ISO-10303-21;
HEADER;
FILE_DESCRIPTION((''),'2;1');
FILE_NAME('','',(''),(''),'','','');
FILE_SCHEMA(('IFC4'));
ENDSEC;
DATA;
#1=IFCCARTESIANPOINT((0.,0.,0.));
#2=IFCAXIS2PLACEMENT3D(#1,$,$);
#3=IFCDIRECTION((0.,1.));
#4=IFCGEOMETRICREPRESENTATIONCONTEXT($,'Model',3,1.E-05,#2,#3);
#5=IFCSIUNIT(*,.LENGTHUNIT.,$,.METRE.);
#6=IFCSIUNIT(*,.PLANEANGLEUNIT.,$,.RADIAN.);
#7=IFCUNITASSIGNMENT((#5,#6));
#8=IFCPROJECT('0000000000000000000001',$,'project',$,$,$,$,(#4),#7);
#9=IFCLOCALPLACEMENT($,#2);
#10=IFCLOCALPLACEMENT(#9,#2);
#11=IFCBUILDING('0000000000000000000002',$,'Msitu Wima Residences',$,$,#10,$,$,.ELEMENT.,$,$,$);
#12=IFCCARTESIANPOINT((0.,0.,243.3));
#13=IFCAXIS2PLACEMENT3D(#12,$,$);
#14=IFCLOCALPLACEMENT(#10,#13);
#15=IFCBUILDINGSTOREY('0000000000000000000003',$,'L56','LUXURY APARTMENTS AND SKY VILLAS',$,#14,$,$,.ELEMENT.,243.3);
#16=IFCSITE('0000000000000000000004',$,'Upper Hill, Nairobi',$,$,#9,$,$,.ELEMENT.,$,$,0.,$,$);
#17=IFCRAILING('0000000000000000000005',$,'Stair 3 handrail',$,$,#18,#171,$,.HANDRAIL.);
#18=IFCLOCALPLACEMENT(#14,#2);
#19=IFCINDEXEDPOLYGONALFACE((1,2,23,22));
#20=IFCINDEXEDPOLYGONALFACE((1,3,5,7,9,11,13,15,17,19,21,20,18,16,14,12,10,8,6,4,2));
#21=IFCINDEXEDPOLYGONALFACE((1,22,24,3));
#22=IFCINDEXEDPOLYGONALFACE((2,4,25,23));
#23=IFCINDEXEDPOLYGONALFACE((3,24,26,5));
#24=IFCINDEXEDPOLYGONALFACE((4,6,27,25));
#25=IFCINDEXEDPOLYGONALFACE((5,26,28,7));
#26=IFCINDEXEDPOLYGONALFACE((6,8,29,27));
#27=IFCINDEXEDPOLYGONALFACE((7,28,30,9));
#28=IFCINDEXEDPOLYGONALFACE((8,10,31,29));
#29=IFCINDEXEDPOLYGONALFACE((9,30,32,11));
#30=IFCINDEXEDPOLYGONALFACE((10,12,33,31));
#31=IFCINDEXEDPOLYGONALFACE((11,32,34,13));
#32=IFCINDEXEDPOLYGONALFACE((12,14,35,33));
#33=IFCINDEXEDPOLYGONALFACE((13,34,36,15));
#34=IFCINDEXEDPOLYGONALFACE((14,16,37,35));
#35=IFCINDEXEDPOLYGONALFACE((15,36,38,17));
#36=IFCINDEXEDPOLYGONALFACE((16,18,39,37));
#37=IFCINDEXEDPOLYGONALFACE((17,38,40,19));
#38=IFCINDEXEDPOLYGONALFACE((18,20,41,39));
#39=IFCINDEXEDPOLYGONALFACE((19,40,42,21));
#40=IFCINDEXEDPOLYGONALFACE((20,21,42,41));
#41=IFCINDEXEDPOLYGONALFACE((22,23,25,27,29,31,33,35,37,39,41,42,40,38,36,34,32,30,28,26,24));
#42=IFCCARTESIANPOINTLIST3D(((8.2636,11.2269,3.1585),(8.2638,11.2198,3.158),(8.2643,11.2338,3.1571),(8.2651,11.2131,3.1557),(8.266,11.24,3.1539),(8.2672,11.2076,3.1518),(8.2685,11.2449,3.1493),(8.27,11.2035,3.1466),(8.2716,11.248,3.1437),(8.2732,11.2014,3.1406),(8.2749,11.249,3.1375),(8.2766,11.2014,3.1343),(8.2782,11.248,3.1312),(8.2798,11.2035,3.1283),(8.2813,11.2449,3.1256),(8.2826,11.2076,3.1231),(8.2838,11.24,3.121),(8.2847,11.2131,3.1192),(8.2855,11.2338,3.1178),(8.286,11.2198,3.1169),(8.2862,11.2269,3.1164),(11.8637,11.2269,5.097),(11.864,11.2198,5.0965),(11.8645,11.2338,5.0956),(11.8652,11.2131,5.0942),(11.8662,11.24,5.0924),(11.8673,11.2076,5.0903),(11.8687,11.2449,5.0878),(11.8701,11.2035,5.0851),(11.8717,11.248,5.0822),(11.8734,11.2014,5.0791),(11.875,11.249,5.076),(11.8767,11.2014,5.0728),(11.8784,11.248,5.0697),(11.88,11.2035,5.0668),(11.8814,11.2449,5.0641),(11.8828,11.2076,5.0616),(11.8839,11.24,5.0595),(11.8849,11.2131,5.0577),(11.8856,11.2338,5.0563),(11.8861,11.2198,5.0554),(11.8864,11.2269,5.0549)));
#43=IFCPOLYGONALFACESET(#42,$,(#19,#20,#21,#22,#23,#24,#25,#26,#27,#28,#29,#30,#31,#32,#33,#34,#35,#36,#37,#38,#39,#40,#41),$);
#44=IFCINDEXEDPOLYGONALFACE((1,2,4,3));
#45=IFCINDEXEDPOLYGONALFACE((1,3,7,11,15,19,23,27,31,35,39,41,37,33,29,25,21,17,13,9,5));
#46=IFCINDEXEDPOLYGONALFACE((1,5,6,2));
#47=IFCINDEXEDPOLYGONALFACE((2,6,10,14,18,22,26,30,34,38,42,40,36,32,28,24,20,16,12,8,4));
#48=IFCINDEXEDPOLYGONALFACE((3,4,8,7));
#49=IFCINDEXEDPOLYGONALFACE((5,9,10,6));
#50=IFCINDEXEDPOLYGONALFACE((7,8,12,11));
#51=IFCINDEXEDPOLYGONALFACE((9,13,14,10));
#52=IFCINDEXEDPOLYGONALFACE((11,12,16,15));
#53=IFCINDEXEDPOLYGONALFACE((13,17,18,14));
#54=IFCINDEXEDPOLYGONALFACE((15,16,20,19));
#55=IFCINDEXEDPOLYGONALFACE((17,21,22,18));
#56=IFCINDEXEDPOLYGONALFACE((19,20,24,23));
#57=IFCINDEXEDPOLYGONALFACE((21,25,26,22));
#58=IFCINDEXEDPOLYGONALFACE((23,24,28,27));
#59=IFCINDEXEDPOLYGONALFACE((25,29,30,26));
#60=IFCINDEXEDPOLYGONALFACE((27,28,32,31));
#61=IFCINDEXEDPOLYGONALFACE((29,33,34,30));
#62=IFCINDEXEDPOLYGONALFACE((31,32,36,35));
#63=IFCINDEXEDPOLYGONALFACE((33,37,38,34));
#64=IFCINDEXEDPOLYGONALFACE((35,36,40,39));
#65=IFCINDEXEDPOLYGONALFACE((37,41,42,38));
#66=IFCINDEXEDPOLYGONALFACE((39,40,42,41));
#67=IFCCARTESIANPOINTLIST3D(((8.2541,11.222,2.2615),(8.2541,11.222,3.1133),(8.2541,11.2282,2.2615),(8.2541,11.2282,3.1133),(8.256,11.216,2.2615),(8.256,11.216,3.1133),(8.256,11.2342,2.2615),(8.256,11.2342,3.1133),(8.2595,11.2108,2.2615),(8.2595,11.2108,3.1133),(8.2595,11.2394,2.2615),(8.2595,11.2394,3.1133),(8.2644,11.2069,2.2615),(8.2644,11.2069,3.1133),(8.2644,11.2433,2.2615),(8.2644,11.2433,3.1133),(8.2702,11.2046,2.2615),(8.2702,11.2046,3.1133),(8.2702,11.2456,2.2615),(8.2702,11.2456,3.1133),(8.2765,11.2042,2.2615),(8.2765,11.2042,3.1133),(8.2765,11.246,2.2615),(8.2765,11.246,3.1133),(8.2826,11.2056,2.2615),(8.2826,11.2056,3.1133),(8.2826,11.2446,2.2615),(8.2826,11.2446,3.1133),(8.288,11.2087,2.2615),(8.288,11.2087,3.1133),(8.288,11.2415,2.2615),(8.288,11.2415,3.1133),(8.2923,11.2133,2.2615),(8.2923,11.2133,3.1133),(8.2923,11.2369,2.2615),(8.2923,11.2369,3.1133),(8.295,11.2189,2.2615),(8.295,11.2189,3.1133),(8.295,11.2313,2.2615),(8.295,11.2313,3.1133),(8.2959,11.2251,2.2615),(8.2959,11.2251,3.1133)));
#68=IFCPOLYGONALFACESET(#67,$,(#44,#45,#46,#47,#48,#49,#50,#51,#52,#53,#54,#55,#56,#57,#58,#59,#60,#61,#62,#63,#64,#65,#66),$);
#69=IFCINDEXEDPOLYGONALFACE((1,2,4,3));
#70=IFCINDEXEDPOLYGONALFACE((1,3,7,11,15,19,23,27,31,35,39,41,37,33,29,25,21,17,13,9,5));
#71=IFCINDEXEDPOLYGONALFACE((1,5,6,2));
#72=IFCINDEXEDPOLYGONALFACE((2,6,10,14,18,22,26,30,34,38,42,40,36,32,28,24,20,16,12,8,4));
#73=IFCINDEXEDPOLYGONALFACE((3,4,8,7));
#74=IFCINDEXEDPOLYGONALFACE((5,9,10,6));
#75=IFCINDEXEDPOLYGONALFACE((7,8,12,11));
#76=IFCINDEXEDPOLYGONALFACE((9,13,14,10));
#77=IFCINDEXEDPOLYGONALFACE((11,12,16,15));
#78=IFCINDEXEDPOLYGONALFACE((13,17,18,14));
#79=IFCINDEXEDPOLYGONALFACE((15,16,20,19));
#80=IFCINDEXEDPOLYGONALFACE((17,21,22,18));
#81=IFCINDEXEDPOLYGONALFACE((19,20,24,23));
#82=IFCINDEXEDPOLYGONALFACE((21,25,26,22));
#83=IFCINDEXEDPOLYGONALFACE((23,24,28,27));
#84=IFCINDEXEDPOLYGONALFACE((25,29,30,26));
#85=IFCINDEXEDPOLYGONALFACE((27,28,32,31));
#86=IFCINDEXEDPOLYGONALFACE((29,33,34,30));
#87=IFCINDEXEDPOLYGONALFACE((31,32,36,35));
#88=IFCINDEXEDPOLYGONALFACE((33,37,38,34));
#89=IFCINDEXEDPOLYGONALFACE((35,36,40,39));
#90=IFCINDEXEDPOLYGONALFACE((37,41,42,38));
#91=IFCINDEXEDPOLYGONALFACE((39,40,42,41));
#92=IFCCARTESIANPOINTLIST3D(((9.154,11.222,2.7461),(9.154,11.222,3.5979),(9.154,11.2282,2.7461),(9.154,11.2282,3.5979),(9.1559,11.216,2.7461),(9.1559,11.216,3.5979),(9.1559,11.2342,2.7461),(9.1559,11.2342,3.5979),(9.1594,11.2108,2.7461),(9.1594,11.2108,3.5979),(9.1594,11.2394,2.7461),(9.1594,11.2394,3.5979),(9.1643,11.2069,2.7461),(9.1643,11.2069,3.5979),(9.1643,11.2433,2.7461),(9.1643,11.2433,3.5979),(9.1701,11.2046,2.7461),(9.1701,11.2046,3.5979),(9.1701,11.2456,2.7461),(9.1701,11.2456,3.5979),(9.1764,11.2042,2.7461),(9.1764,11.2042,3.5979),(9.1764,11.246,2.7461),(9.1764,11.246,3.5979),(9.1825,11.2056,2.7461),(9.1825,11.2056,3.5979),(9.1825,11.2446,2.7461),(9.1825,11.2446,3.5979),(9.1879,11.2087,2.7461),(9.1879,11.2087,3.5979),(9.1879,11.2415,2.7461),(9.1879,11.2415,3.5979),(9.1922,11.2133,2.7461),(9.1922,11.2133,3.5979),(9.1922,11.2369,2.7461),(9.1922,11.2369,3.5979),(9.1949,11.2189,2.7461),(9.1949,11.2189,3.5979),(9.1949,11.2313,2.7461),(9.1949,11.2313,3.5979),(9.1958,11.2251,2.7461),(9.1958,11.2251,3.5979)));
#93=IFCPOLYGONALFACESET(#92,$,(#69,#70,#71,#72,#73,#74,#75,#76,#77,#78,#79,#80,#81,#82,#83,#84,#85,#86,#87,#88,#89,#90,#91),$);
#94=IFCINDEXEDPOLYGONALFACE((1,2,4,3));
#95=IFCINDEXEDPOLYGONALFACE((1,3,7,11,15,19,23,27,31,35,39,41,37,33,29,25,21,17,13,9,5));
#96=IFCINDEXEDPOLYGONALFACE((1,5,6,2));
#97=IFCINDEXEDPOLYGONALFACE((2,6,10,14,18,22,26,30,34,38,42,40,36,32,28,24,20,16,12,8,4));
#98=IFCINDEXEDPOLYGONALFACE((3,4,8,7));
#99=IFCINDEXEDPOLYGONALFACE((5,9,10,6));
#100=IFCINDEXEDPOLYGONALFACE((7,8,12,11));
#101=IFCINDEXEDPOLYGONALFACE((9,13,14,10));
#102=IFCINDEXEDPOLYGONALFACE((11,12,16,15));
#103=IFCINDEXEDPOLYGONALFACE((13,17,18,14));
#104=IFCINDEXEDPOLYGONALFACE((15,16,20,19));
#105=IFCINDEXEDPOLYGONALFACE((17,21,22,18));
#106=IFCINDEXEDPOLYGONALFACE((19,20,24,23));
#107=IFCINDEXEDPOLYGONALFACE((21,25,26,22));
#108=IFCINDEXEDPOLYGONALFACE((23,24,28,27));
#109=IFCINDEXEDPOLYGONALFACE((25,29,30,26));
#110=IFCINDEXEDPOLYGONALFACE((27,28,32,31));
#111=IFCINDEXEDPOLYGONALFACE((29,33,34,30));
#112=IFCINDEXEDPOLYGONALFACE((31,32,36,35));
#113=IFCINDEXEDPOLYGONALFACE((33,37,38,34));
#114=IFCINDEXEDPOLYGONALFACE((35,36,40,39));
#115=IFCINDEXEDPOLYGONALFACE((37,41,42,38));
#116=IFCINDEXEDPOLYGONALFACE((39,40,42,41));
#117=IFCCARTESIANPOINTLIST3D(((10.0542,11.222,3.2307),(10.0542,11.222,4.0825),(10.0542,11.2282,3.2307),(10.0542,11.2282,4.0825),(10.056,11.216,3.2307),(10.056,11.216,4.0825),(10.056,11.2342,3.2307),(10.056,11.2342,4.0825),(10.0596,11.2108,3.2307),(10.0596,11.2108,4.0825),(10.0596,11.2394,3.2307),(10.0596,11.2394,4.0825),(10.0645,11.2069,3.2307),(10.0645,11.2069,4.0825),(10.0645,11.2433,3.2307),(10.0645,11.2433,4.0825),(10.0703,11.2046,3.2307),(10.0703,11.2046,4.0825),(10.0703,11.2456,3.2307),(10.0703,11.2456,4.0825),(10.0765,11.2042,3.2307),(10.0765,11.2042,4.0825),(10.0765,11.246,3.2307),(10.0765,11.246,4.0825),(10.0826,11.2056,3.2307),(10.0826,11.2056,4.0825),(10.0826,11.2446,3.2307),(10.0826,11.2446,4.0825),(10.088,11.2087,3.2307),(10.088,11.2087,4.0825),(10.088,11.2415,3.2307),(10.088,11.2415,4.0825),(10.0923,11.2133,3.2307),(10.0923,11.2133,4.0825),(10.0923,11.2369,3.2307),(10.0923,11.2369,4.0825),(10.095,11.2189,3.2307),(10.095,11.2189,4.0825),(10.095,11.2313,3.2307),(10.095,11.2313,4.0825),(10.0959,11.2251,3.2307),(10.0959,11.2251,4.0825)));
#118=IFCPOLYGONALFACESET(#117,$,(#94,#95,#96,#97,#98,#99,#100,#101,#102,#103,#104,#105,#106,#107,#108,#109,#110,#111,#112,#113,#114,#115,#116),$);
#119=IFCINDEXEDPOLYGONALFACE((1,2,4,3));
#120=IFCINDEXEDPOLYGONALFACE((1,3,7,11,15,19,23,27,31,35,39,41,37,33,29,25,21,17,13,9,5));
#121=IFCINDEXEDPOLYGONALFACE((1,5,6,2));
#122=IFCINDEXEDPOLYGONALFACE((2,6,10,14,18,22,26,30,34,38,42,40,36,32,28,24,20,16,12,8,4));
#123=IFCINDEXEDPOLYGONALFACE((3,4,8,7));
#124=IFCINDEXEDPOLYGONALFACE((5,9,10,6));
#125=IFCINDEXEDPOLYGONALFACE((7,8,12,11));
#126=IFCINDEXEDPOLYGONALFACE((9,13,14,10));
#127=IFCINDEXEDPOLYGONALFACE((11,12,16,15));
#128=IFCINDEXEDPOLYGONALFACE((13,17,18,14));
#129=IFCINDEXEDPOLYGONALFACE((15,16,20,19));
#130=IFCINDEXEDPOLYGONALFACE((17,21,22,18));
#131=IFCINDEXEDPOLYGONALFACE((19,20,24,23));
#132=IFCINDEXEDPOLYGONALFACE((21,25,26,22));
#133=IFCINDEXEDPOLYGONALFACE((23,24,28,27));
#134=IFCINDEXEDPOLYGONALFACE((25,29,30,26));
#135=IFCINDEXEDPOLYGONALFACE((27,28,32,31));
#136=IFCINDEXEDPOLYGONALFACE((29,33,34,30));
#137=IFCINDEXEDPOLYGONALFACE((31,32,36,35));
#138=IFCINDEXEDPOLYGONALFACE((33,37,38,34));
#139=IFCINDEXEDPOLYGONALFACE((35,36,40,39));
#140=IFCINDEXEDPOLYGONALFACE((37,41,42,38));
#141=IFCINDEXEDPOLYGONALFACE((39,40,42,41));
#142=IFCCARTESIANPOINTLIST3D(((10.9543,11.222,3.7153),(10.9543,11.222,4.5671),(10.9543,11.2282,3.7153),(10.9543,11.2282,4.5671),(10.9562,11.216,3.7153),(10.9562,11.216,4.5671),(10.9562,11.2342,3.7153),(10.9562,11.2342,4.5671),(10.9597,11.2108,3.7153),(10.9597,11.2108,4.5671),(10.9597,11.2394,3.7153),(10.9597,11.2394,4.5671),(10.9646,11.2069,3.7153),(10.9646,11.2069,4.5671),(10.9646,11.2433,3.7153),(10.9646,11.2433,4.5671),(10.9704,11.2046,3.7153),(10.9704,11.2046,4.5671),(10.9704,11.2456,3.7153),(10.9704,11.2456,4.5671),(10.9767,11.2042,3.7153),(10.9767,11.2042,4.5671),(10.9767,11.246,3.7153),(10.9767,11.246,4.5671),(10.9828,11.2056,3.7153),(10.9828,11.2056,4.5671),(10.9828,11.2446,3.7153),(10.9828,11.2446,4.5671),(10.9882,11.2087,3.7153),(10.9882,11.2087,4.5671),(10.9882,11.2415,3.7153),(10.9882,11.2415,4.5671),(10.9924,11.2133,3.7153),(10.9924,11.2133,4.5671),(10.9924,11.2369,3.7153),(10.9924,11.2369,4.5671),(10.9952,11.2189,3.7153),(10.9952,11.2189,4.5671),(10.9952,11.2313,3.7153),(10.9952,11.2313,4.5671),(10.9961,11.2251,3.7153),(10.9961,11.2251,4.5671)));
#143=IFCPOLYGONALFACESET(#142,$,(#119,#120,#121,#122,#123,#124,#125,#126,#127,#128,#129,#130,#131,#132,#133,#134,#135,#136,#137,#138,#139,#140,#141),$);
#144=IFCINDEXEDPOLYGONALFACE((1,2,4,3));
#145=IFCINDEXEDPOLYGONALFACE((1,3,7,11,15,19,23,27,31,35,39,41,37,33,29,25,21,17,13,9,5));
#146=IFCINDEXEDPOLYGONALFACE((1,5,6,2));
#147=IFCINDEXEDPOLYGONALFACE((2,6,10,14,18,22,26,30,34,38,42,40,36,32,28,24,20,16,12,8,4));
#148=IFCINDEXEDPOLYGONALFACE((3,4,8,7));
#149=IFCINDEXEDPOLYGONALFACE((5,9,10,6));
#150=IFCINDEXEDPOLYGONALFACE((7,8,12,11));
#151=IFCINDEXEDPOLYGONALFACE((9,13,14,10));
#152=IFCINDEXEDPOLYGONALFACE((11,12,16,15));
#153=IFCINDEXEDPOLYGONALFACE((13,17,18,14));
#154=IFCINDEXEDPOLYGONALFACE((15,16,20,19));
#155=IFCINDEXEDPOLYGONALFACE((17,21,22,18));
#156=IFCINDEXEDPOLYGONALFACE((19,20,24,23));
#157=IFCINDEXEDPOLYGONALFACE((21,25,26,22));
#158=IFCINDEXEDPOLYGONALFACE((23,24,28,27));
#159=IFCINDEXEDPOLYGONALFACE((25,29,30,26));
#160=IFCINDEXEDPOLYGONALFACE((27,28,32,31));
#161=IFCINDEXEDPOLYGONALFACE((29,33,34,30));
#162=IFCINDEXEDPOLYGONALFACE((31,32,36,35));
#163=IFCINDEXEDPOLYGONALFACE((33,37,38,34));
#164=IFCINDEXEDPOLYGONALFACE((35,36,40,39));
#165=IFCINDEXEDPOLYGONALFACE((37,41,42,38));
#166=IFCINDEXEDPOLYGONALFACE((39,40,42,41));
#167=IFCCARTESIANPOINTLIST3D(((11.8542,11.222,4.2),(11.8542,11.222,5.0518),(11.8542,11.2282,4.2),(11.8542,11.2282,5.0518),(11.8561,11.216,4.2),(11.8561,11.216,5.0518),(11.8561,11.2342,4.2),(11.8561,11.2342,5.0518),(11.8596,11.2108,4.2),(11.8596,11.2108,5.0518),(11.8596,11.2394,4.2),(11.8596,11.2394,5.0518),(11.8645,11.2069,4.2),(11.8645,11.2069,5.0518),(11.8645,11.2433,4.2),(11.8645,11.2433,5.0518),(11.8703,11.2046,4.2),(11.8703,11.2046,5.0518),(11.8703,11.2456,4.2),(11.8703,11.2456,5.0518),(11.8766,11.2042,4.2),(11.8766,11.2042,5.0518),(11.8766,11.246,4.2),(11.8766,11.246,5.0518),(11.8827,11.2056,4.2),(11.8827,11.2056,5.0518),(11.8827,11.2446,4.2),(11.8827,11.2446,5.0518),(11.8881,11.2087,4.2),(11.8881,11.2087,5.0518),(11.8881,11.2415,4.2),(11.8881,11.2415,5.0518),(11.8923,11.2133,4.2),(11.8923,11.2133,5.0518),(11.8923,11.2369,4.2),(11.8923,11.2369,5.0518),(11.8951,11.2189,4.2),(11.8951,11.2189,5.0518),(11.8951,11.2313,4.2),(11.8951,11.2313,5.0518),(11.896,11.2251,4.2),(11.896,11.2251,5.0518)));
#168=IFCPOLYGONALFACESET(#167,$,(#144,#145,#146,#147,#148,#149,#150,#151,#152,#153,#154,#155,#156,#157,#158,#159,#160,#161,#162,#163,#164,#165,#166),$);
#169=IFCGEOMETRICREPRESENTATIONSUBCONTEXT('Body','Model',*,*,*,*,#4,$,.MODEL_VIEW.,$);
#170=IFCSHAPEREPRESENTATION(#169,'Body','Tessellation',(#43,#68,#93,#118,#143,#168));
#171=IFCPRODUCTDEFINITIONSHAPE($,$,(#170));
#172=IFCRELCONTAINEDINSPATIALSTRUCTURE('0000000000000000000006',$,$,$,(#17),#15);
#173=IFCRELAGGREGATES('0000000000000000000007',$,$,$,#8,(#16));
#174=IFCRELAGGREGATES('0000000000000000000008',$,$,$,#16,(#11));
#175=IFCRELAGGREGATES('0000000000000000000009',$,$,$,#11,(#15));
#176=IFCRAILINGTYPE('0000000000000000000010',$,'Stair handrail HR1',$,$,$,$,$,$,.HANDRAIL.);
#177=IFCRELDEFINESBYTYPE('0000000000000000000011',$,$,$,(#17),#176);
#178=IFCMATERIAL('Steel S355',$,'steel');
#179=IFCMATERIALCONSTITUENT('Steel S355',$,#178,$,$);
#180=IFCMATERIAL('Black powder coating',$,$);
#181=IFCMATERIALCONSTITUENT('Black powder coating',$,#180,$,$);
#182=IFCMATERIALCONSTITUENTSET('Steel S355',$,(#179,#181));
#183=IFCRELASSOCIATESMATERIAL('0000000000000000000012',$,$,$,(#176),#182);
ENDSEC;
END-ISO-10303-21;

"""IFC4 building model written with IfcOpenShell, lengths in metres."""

from ifc_helpers import new_model, si_unit, direction, frame, origin, origin_2d, place, context, subcontext, project, spatial, circle, extrude, material, constituent, constituent_set, type_object, element, save


model = new_model("IFC4")

# Units and contexts
model_context = context("Model", 3, precision=1e-05, world=origin(), true_north=direction((0.0, 1.0)))
body_context = subcontext(model_context, "Body", "Model", "MODEL_VIEW")
ifc_project = project(units=[si_unit("LENGTHUNIT", "METRE"), si_unit("PLANEANGLEUNIT", "RADIAN")], contexts=[model_context])

# Site, building, storey
site_placement = place(None, origin())
site = spatial("IfcSite", under=ifc_project, at=site_placement, Name="Upper Hill, Nairobi", CompositionType="ELEMENT", RefElevation=0.0)
building_placement = place(site_placement, origin())
building = spatial("IfcBuilding", under=site, at=building_placement, Name="Msitu Wima Residences", CompositionType="ELEMENT")
storey_placement = place(building_placement, frame((0.0, 0.0, 243.3)))
storey = spatial("IfcBuildingStorey", under=building, at=storey_placement, Name="L56", Description="LUXURY APARTMENTS AND SKY VILLAS", CompositionType="ELEMENT", Elevation=243.3)

# Railing
ifc_material_1 = material(Name="Steel S355", Category="steel")
ifc_constituent_1 = constituent(ifc_material_1, Name="Steel S355")
ifc_material_2 = material(Name="Black powder coating")
ifc_constituent_2 = constituent(ifc_material_2, Name="Black powder coating")
ifc_constituent_set = constituent_set(constituents=[ifc_constituent_1, ifc_constituent_2], Name="Steel S355")
railing_type = type_object("IfcRailingType", Name="Stair handrail HR1", PredefinedType="HANDRAIL", material=ifc_constituent_set)
railing_placement = place(storey_placement, frame((8.2749, 11.2251, 2.2615)))
element("IfcRailing", 1, at=railing_placement, inside=storey, type_object=railing_type, Name="Stair 3 handrail", PredefinedType="HANDRAIL", context=body_context, shape_type="SweptSolid", body=[
    extrude(circle(Radius=0.0239, at=origin_2d()), frame((0.0, 0.0, 0.876), z_axis=(0.880475, 0.0, 0.474093), x_axis=(0.0, 1.0, 0.0)), (0.0, 0.0, 1.0), 4.0889),
    extrude(circle(Radius=0.021, at=origin_2d()), origin(), (0.0, 0.0, 1.0), 0.8518),
    extrude(circle(Radius=0.021, at=origin_2d()), frame((0.8999, 0.0, 0.4846)), (0.0, 0.0, 1.0), 0.8518),
    extrude(circle(Radius=0.021, at=origin_2d()), frame((1.8, 0.0, 0.9692)), (0.0, 0.0, 1.0), 0.8518),
    extrude(circle(Radius=0.021, at=origin_2d()), frame((2.7002, 0.0, 1.4539)), (0.0, 0.0, 1.0), 0.8518),
    extrude(circle(Radius=0.021, at=origin_2d()), frame((3.6001, 0.0, 1.9385)), (0.0, 0.0, 1.0), 0.8518),
])

save(model, "model.ifc")
